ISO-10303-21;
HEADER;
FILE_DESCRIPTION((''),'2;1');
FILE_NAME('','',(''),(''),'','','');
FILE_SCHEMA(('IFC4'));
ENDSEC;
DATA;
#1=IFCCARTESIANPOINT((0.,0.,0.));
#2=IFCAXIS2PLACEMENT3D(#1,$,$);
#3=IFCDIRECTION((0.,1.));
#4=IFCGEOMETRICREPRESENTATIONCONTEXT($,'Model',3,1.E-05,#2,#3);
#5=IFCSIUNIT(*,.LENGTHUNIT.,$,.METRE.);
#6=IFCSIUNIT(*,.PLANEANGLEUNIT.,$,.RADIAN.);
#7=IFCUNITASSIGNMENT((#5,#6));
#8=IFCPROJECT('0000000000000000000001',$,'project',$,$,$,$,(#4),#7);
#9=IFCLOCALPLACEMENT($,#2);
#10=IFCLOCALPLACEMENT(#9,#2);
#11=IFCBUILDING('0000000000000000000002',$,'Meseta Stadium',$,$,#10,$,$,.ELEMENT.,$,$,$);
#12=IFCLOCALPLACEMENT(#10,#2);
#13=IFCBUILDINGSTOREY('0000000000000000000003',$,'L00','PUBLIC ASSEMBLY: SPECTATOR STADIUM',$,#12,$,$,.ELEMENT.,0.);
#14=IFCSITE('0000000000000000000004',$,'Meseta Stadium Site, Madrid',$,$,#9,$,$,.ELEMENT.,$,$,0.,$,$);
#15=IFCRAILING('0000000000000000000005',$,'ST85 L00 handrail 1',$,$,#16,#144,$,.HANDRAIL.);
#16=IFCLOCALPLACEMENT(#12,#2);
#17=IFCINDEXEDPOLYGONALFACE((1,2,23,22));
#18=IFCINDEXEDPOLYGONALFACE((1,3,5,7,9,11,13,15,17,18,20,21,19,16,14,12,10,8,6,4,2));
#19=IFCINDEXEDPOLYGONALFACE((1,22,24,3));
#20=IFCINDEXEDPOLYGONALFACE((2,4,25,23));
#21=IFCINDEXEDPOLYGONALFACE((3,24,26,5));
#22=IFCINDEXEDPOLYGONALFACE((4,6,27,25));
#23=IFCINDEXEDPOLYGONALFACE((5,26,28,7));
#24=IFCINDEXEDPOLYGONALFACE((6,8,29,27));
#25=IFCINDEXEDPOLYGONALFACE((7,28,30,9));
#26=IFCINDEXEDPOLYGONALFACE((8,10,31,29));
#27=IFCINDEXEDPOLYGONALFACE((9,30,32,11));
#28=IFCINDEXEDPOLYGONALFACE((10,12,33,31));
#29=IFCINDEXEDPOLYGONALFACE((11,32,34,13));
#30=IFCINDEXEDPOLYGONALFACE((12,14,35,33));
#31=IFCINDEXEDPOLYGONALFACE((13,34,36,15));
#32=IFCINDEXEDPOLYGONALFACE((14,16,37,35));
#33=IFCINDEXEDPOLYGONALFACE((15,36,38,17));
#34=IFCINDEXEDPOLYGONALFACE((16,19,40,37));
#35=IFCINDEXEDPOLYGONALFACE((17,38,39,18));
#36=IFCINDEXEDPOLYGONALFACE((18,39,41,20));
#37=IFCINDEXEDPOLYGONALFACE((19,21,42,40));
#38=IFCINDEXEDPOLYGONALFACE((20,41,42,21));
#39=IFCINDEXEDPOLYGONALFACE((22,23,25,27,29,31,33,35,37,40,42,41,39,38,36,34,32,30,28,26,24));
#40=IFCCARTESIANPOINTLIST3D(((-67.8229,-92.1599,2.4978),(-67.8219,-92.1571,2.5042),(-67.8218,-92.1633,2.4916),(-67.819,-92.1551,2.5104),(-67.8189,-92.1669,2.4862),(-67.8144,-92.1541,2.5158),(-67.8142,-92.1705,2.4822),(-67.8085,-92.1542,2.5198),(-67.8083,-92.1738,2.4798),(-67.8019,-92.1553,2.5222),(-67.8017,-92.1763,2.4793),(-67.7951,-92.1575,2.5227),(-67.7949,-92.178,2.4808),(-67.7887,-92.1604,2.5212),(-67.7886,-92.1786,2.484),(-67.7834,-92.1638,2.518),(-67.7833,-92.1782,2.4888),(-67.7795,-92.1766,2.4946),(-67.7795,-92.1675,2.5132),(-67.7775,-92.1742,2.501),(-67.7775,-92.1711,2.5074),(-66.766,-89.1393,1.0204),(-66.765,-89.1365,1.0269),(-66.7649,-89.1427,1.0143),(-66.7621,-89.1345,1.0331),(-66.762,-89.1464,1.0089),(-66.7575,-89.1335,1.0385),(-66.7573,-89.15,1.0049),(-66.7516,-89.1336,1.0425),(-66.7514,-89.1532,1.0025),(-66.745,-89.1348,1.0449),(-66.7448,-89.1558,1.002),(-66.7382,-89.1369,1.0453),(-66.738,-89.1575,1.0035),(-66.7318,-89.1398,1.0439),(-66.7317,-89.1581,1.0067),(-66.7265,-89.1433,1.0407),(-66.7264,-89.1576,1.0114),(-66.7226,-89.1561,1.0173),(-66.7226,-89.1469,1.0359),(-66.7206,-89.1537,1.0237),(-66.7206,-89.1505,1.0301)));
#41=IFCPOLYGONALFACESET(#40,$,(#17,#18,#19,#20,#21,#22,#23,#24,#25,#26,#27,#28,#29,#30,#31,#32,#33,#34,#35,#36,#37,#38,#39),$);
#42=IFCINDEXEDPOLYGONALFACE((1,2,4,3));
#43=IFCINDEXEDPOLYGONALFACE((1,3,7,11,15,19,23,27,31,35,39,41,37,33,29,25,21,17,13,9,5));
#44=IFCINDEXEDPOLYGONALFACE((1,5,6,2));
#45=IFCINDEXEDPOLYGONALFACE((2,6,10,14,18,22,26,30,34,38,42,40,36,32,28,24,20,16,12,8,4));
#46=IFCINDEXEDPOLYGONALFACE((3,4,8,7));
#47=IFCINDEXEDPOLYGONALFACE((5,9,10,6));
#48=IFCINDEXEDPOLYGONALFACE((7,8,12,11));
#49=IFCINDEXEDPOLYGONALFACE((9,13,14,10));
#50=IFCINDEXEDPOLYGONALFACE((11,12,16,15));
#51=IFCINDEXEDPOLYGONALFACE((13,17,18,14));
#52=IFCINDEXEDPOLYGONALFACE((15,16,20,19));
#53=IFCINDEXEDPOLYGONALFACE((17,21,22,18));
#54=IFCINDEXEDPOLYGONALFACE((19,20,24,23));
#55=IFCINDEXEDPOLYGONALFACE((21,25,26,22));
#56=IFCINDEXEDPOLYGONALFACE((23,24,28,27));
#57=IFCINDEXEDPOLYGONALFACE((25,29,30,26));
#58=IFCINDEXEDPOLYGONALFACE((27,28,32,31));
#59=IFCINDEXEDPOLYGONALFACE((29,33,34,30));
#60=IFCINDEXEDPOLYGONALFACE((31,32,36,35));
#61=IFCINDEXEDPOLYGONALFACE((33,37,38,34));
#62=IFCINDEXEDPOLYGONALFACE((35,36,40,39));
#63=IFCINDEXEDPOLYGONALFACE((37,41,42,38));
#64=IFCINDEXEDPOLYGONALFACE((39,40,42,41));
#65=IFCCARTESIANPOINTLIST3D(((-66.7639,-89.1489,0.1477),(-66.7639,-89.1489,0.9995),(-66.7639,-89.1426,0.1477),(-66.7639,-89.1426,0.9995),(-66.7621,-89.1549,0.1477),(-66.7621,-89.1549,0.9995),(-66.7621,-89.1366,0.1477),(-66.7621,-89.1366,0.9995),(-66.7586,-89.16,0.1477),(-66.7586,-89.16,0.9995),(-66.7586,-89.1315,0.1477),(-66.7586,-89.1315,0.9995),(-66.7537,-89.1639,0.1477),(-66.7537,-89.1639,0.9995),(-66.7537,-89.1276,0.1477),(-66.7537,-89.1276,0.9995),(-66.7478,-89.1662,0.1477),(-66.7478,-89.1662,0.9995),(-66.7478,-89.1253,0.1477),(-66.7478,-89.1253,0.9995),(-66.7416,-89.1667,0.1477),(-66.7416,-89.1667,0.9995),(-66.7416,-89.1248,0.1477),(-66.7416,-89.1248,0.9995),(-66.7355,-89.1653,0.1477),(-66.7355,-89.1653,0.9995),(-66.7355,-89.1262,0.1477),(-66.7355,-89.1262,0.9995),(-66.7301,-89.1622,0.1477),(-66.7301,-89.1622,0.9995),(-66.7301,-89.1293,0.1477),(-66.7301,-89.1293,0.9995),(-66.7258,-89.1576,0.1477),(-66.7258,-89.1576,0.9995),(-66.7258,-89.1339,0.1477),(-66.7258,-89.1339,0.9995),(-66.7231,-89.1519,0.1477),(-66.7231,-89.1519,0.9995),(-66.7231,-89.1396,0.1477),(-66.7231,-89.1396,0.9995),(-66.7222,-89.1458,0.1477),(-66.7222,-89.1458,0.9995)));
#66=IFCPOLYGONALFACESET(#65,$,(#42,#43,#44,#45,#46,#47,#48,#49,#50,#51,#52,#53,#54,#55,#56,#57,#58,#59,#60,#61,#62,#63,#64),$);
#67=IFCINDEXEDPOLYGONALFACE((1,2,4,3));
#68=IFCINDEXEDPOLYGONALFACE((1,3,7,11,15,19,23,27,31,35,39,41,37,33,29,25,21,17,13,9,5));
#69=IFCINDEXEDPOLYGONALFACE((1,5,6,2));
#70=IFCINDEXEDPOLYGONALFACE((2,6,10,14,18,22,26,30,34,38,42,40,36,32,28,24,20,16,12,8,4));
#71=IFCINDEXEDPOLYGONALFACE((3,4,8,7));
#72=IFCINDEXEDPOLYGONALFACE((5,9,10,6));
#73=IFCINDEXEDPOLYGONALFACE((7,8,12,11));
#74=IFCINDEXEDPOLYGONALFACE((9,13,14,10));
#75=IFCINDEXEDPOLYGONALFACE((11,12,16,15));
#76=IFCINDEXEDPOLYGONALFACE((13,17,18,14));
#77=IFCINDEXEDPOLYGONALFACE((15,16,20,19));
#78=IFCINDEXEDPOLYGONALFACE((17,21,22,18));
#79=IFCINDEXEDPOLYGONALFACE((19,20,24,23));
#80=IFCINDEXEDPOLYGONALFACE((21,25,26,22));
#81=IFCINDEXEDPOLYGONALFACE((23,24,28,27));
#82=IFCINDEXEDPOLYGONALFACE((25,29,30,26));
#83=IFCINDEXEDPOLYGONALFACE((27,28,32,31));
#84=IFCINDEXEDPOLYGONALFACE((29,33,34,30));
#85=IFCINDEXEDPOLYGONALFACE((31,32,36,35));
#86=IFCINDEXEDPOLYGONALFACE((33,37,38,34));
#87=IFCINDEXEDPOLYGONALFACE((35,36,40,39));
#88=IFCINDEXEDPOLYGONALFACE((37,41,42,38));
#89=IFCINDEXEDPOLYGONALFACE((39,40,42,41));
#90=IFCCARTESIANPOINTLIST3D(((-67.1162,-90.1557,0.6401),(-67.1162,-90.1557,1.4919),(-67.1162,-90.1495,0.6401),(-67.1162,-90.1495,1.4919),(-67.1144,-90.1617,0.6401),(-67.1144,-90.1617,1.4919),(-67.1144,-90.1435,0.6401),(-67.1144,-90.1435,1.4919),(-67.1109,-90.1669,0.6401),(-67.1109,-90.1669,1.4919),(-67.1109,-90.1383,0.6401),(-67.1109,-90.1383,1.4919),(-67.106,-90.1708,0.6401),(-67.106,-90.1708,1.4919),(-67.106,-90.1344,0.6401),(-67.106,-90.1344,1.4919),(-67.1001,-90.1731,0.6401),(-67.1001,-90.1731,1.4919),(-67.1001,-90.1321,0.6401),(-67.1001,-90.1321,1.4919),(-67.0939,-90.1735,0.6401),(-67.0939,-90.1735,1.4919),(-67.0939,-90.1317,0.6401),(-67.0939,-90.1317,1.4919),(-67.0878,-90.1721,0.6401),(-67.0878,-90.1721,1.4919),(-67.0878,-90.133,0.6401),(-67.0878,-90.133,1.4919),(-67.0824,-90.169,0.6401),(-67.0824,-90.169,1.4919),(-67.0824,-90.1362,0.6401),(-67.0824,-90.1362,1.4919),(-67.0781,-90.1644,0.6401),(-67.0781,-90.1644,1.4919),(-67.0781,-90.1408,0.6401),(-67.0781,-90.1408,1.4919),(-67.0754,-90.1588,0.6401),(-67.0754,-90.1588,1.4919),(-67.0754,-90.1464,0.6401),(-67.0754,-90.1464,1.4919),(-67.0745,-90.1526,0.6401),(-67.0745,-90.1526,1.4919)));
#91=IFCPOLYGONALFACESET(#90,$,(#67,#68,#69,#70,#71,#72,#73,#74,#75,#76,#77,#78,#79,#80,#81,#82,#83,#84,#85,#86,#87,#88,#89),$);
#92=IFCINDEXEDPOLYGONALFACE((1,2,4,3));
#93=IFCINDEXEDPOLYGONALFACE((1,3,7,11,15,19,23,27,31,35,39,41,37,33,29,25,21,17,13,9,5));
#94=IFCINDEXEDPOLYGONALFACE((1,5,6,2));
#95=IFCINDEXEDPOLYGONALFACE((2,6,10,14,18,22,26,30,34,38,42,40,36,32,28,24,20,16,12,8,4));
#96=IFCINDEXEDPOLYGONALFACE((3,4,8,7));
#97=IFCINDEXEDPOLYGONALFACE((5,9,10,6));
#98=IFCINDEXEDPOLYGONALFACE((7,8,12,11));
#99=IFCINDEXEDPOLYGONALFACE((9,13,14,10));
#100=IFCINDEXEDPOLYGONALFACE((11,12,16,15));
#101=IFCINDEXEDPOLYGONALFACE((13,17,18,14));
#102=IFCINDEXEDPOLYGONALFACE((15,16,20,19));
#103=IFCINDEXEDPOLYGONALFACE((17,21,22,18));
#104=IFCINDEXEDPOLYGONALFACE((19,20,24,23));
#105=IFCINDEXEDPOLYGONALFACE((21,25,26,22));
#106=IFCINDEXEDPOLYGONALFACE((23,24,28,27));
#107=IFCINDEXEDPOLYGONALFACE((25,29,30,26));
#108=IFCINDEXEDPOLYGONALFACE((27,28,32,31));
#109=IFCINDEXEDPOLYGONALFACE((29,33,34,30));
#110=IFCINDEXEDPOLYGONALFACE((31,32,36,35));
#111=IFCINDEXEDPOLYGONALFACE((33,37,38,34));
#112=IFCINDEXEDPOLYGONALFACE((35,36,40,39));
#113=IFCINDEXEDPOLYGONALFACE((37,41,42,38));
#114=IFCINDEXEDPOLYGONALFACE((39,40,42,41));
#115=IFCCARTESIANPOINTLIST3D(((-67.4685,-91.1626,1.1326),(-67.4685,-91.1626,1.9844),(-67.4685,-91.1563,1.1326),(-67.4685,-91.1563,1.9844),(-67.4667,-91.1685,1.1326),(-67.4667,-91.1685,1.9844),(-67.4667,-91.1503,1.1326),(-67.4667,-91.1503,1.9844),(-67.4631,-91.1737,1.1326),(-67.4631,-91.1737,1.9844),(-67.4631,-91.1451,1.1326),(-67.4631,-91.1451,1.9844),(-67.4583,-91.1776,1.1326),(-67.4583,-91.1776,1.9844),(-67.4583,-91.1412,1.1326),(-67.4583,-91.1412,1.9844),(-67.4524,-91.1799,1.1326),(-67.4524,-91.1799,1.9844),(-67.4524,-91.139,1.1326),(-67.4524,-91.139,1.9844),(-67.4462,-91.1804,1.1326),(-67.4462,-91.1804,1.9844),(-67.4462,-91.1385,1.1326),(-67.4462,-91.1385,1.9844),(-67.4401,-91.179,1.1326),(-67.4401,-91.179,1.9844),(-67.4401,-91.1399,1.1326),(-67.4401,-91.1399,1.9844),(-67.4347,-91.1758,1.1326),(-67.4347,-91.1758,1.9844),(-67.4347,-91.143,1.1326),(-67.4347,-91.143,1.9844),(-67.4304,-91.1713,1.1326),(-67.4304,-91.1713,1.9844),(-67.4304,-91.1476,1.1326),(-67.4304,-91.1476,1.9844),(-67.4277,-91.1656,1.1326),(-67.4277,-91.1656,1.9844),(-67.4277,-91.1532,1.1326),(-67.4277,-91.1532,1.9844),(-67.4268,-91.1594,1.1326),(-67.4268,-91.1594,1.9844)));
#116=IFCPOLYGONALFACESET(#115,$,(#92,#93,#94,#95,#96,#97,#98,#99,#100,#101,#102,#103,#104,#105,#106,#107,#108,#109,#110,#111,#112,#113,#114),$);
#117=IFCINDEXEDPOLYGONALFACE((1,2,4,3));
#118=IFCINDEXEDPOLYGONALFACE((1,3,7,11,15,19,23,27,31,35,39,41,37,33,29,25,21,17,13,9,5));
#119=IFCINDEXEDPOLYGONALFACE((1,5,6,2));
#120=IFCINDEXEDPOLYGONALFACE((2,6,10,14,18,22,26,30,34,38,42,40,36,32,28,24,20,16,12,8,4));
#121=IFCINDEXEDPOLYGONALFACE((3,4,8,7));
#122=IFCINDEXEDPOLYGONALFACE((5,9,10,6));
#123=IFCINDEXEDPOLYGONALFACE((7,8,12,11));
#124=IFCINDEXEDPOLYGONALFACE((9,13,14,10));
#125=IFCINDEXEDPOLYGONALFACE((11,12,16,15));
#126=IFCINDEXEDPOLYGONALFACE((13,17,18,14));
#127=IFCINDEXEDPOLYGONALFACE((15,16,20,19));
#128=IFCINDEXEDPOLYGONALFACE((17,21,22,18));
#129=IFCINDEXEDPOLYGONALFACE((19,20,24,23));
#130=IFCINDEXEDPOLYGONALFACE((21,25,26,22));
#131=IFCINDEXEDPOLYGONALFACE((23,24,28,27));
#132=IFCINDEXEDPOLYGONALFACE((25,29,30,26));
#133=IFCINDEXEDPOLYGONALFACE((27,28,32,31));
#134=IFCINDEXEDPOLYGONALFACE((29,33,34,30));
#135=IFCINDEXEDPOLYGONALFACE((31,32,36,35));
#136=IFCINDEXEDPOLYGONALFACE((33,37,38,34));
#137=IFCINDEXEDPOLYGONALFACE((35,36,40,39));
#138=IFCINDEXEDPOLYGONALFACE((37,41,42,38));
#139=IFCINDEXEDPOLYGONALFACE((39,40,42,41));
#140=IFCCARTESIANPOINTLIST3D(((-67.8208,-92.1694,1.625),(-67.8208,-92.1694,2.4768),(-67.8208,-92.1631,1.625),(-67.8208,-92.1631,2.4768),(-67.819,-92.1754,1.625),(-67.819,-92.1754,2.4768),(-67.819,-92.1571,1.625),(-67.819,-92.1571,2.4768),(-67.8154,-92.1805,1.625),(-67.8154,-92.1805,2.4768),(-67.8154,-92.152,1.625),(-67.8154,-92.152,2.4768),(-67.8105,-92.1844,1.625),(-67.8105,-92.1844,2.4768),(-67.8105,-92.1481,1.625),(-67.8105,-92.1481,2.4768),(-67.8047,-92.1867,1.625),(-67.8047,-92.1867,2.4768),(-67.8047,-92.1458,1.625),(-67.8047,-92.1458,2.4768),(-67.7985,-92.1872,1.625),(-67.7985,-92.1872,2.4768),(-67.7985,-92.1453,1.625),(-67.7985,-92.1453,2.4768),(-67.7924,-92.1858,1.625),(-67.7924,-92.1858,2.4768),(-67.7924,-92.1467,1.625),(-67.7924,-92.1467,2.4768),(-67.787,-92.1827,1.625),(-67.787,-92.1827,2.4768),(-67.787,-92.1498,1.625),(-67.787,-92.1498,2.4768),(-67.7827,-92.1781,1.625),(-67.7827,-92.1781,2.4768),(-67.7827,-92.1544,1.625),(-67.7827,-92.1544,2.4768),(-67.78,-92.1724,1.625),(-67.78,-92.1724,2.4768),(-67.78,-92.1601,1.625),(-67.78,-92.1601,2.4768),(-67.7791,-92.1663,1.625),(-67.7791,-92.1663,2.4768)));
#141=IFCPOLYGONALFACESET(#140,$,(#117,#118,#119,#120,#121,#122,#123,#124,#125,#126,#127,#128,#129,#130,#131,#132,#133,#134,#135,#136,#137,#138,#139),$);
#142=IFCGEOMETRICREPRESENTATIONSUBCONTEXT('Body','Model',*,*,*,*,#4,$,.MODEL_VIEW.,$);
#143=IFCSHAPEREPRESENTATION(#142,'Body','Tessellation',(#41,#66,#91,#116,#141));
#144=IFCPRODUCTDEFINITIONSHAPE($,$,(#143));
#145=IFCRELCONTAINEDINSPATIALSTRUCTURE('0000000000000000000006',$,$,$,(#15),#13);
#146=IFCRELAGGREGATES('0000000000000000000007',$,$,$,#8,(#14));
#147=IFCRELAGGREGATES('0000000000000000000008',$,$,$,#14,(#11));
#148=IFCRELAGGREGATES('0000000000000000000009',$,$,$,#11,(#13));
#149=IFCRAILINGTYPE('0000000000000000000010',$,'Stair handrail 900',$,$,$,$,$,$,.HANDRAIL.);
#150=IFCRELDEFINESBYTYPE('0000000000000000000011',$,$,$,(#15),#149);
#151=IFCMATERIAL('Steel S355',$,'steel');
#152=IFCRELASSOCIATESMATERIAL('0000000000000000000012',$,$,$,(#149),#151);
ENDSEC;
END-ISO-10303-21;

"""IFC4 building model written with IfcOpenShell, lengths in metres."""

from ifc_helpers import new_model, si_unit, direction, frame, origin, origin_2d, place, context, subcontext, project, spatial, circle, extrude, material, type_object, element, save


model = new_model("IFC4")

# Units and contexts
model_context = context("Model", 3, precision=1e-05, world=origin(), true_north=direction((0.0, 1.0)))
body_context = subcontext(model_context, "Body", "Model", "MODEL_VIEW")
ifc_project = project(units=[si_unit("LENGTHUNIT", "METRE"), si_unit("PLANEANGLEUNIT", "RADIAN")], contexts=[model_context])

# Site, building, storey
site_placement = place(None, origin())
site = spatial("IfcSite", under=ifc_project, at=site_placement, Name="Meseta Stadium Site, Madrid", CompositionType="ELEMENT", RefElevation=0.0)
building_placement = place(site_placement, origin())
building = spatial("IfcBuilding", under=site, at=building_placement, Name="Meseta Stadium", CompositionType="ELEMENT")
storey_placement = place(building_placement, origin())
storey = spatial("IfcBuildingStorey", under=building, at=storey_placement, Name="L00", Description="PUBLIC ASSEMBLY: SPECTATOR STADIUM", CompositionType="ELEMENT", Elevation=0.0)

# Railing
ifc_material_1 = material(Name="Steel S355", Category="steel")
railing_type_1 = type_object("IfcRailingType", Name="Stair handrail 900", PredefinedType="HANDRAIL", material=ifc_material_1)
for number, where, name in (
    (1, (-66.7432, -89.1458, 0.1477), "ST85 L00 handrail 1"),
):
    element("IfcRailing", number, at=place(storey_placement, frame(where)), inside=storey, type_object=railing_type_1, Name=name, PredefinedType="HANDRAIL", context=body_context, shape_type="SweptSolid", body=[
        extrude(circle(Radius=0.0239, at=origin_2d()), frame((0.0, 0.0, 0.876), z_axis=(-0.299859, -0.856977, 0.419137), x_axis=(0.943887, -0.330269, 0.0)), (0.0, 0.0, 1.0), 3.5247),
        extrude(circle(Radius=0.021, at=origin_2d()), origin(), (0.0, 0.0, 1.0), 0.8518),
        extrude(circle(Radius=0.021, at=origin_2d()), frame((-0.3523, -1.0068, 0.4924)), (0.0, 0.0, 1.0), 0.8518),
        extrude(circle(Radius=0.021, at=origin_2d()), frame((-0.7046, -2.0137, 0.9849)), (0.0, 0.0, 1.0), 0.8518),
        extrude(circle(Radius=0.021, at=origin_2d()), frame((-1.0569, -3.0205, 1.4773)), (0.0, 0.0, 1.0), 0.8518),
    ])

save(model, "model.ifc")
